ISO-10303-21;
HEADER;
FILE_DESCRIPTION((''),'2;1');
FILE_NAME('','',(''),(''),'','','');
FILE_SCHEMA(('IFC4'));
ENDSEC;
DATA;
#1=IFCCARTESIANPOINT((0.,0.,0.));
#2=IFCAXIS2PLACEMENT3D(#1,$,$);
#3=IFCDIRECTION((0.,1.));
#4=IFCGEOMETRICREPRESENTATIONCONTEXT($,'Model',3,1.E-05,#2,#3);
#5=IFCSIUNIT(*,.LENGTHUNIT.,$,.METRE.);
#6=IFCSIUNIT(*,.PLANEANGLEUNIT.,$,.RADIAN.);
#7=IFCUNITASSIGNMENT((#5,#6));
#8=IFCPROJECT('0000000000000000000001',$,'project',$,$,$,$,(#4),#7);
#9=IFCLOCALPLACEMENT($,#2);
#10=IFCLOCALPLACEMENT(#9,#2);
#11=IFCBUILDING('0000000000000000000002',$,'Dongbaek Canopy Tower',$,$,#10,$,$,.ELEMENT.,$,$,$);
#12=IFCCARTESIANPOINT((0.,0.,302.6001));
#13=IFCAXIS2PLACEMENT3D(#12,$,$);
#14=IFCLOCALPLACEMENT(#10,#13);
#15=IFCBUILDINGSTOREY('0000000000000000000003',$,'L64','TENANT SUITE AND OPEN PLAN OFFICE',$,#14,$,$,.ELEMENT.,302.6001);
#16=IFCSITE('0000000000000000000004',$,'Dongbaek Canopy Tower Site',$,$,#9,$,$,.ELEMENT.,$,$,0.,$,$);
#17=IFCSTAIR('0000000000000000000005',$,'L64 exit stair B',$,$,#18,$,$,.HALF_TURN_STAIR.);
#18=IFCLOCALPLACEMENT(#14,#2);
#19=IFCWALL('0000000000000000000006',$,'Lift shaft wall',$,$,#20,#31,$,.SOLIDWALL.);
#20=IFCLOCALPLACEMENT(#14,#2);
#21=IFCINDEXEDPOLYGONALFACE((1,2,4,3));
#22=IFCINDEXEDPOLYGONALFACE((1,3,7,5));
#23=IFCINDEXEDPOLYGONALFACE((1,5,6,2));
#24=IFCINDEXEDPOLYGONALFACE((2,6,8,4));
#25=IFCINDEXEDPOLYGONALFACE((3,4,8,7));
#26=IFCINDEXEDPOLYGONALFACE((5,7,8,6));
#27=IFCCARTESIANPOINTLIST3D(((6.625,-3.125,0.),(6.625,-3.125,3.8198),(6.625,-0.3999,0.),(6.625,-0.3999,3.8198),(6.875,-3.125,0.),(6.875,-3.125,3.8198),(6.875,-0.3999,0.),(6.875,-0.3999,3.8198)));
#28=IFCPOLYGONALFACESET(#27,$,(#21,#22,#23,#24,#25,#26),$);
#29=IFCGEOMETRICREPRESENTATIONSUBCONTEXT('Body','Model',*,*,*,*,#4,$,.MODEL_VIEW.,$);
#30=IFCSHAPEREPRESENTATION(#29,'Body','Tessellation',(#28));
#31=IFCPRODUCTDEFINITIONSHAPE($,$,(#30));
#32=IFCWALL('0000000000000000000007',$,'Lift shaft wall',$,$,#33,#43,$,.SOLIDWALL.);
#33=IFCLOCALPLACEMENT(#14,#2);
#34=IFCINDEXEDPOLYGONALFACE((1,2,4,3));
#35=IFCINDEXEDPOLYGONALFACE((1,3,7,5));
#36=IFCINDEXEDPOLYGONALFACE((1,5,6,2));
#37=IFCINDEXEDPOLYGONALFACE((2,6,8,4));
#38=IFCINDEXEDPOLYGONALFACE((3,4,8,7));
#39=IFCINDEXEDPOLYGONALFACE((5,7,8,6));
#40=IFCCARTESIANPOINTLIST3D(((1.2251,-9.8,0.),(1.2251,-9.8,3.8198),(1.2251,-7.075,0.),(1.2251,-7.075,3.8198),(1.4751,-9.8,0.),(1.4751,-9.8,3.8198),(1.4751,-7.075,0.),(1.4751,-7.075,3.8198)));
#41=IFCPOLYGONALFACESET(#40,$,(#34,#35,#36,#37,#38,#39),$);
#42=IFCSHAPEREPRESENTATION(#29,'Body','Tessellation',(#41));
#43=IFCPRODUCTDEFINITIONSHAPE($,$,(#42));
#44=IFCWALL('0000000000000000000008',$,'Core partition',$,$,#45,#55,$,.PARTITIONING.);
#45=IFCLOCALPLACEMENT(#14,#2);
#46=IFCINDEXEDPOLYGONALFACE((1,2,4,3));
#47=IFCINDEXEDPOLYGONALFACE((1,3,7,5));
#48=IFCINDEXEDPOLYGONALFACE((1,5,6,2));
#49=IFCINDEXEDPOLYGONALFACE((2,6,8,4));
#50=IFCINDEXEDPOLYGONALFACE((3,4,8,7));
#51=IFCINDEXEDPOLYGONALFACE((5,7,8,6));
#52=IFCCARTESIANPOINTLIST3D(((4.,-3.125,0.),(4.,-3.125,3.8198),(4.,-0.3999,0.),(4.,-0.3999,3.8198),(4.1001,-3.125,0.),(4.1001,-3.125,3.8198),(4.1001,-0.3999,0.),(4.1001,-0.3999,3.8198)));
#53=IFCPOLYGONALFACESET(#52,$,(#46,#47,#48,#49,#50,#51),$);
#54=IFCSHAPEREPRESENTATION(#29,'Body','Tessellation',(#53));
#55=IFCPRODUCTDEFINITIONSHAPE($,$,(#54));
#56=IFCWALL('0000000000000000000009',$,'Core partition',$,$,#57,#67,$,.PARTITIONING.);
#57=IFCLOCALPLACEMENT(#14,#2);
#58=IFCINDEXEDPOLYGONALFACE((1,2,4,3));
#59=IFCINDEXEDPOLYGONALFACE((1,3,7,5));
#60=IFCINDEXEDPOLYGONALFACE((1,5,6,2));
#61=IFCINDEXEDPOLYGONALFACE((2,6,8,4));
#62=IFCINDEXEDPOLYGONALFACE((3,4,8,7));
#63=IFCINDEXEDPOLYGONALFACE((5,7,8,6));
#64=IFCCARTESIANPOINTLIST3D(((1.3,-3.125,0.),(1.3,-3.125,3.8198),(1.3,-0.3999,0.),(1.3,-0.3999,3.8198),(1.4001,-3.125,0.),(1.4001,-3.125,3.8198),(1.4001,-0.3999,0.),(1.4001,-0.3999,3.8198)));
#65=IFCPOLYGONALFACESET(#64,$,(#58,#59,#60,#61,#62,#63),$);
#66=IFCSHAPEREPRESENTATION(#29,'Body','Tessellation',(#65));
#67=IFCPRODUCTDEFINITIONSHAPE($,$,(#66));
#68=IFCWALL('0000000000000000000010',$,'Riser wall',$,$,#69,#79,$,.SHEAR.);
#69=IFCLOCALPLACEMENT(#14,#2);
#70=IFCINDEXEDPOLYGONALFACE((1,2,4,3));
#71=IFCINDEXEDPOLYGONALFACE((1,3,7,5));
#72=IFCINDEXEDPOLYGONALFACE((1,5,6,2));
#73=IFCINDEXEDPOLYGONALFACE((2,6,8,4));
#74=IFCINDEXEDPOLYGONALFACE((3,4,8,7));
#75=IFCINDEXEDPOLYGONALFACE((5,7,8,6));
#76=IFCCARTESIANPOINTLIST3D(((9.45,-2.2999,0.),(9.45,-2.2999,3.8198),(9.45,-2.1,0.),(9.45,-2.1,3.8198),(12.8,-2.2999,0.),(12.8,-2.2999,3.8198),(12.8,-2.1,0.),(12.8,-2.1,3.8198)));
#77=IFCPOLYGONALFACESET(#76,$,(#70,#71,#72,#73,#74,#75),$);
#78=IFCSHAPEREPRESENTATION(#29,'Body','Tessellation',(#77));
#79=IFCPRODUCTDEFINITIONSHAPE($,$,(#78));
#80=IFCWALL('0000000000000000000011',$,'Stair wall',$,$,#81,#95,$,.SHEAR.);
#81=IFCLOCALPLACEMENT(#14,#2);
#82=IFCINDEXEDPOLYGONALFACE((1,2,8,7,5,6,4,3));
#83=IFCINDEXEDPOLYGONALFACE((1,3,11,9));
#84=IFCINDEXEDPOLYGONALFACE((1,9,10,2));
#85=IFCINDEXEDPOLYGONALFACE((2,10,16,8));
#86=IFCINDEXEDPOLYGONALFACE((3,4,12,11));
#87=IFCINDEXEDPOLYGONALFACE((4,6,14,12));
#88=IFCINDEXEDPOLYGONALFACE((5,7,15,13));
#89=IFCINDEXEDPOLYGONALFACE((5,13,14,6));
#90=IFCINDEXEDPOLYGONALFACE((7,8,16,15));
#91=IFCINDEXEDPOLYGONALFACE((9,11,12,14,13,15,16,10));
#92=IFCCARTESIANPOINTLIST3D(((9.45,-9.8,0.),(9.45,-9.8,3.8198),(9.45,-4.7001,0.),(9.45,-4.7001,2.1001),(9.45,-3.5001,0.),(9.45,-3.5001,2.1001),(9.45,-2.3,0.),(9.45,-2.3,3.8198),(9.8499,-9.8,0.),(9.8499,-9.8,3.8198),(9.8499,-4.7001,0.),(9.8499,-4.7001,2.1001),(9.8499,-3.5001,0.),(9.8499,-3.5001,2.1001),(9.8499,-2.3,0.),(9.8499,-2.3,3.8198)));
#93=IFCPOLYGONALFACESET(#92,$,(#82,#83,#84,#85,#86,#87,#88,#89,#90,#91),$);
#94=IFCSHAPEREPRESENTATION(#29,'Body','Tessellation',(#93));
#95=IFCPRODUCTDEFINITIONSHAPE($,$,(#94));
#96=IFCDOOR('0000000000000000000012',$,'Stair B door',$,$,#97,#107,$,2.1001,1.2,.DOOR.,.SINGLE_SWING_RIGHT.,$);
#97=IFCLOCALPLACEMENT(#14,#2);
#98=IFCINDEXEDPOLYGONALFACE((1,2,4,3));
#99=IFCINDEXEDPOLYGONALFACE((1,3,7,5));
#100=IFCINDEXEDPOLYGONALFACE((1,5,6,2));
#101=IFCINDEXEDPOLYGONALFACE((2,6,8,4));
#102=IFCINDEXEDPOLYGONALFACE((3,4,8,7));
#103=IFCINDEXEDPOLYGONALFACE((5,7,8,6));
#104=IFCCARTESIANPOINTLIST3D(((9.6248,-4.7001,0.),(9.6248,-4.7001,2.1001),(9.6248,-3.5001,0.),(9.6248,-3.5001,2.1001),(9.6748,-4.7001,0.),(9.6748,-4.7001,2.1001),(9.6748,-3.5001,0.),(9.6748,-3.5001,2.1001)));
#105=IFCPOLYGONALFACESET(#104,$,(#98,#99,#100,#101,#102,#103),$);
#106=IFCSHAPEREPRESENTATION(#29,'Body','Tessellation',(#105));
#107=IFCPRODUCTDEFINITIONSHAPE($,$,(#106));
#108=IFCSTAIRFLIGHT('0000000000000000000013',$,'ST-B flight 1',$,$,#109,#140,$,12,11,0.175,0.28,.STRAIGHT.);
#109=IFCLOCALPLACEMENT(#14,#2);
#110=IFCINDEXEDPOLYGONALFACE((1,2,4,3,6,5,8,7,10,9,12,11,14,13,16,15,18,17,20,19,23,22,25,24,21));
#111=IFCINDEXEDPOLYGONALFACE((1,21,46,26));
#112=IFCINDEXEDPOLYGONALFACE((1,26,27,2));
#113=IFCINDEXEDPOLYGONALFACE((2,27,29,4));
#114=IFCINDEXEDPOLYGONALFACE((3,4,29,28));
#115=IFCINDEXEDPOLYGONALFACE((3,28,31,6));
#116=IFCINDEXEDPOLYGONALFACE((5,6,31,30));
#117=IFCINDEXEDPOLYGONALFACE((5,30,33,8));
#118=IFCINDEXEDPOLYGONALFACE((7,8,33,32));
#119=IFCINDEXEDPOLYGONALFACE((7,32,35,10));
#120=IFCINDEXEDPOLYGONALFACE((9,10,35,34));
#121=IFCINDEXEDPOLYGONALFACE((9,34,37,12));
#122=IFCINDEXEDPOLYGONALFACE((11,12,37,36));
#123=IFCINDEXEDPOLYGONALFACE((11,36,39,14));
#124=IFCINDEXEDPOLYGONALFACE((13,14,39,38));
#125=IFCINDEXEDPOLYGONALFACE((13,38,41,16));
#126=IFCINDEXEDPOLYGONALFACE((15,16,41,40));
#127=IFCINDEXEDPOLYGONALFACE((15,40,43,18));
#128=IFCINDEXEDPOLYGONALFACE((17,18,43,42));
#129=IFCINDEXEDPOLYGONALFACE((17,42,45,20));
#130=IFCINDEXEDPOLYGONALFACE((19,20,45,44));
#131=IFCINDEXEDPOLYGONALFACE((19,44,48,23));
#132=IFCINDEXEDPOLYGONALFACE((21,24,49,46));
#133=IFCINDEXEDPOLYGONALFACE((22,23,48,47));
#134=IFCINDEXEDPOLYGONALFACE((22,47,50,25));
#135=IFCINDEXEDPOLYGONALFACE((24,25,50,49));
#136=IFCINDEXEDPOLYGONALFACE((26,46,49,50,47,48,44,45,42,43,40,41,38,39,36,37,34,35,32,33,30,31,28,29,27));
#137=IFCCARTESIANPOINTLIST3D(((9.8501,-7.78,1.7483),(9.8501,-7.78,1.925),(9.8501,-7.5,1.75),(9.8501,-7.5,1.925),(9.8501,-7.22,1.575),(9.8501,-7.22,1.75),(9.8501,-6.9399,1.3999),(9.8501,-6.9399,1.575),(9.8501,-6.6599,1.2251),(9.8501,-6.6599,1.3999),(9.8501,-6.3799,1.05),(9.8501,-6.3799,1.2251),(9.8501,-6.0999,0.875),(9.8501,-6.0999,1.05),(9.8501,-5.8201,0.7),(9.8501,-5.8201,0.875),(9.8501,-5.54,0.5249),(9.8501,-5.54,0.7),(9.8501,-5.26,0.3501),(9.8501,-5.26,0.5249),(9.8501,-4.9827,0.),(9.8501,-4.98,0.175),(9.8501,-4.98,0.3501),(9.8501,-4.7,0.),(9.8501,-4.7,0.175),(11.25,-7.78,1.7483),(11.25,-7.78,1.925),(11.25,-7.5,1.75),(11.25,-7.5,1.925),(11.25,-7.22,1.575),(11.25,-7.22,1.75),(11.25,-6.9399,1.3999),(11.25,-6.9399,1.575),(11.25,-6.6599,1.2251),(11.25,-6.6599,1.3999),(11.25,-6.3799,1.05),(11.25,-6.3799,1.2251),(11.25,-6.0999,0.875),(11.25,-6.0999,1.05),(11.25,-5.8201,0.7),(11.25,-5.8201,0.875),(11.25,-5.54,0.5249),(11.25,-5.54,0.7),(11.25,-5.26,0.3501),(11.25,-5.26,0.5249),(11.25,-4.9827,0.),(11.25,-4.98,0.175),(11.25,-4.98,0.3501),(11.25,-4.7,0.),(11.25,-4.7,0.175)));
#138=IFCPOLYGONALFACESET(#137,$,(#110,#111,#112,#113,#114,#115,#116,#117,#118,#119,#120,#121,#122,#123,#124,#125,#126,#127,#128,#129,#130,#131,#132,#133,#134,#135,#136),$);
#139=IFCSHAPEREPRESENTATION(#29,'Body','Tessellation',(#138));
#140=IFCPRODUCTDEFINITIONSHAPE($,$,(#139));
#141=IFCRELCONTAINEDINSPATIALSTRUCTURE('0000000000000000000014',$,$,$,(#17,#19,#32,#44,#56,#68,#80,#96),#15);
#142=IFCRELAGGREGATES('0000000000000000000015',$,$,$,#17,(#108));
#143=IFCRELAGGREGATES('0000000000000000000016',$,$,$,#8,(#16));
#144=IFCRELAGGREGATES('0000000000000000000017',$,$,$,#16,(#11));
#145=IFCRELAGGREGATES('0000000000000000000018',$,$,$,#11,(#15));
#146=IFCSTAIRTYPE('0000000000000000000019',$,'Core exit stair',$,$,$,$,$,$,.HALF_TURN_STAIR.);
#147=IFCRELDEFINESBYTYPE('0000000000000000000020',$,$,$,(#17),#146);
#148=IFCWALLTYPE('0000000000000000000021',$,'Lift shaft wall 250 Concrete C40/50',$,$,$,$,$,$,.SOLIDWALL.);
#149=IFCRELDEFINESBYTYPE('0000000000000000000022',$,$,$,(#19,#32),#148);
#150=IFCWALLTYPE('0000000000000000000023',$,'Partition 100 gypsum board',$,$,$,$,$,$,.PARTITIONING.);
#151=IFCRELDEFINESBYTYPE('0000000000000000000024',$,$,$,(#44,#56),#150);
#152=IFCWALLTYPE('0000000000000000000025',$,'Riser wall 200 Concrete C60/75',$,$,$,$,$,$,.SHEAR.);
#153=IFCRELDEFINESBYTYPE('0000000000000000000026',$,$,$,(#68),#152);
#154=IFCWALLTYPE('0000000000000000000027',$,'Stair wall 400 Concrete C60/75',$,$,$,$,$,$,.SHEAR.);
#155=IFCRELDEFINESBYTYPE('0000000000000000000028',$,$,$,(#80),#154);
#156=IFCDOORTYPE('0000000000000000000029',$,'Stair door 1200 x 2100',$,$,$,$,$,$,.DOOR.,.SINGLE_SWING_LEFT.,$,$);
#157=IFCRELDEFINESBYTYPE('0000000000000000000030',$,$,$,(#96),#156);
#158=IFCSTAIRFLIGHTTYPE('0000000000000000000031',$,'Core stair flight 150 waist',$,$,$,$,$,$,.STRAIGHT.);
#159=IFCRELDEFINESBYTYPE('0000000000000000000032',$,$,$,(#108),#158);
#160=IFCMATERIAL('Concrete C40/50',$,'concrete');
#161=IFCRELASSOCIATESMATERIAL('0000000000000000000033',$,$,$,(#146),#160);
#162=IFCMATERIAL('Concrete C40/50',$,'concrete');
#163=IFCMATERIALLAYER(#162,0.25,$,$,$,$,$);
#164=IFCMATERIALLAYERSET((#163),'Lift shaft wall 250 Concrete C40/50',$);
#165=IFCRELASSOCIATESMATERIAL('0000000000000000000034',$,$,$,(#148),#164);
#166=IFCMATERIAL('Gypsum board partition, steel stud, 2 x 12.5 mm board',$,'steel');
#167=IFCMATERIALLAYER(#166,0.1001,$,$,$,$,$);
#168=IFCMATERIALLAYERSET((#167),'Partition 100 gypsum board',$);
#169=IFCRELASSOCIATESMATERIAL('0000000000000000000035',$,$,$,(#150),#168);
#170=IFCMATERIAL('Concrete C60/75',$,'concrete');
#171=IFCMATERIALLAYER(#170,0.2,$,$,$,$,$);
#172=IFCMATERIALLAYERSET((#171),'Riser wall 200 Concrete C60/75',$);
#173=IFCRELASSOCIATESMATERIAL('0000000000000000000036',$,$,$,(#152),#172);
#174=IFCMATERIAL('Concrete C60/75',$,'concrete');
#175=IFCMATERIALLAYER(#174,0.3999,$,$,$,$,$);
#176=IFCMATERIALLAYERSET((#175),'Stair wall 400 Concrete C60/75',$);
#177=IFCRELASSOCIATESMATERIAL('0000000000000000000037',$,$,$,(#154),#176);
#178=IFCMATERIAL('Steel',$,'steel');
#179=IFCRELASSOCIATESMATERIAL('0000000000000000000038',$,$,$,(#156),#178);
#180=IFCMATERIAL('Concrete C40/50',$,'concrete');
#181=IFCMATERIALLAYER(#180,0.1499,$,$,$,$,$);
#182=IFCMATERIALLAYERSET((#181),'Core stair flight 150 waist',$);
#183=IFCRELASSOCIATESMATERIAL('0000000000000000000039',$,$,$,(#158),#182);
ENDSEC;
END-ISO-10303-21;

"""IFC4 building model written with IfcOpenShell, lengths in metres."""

from ifc_helpers import new_model, si_unit, direction, frame, frame_2d, origin, place, context, subcontext, project, spatial, polyline, rectangle, outline, extrude, material, layer, layer_set, type_object, element, fill, aggregate, save


model = new_model("IFC4")

# Units and contexts
model_context = context("Model", 3, precision=1e-05, world=origin(), true_north=direction((0.0, 1.0)))
body_context = subcontext(model_context, "Body", "Model", "MODEL_VIEW")
ifc_project = project(units=[si_unit("LENGTHUNIT", "METRE"), si_unit("PLANEANGLEUNIT", "RADIAN")], contexts=[model_context])

# Site, building, storey
site_placement = place(None, origin())
site = spatial("IfcSite", under=ifc_project, at=site_placement, Name="Dongbaek Canopy Tower Site", CompositionType="ELEMENT", RefElevation=0.0)
building_placement = place(site_placement, origin())
building = spatial("IfcBuilding", under=site, at=building_placement, Name="Dongbaek Canopy Tower", CompositionType="ELEMENT")
storey_placement = place(building_placement, frame((0.0, 0.0, 302.6001)))
storey = spatial("IfcBuildingStorey", under=building, at=storey_placement, Name="L64", Description="TENANT SUITE AND OPEN PLAN OFFICE", CompositionType="ELEMENT", Elevation=302.6001)

# Stair
ifc_material_1 = material(Name="Concrete C40/50", Category="concrete")
stair_type = type_object("IfcStairType", Name="Core exit stair", PredefinedType="HALF_TURN_STAIR", material=ifc_material_1)
stair_1_placement = place(storey_placement, origin())
stair_1 = element("IfcStair", 1, at=stair_1_placement, inside=storey, type_object=stair_type, Name="L64 exit stair B", PredefinedType="HALF_TURN_STAIR")

# Walls
ifc_material_2 = material(Name="Concrete C40/50", Category="concrete")
ifc_layer_1 = layer(ifc_material_2, 0.25)
ifc_layer_set_1 = layer_set([ifc_layer_1], Name="Lift shaft wall 250 Concrete C40/50")
wall_type_1 = type_object("IfcWallType", Name="Lift shaft wall 250 Concrete C40/50", PredefinedType="SOLIDWALL", material=ifc_layer_set_1)
for number, where, z_axis, x_axis, name in (
    (2, (6.75, -3.125, 0.0), (0.0, 0.0, 1.0), (0.0, 1.0, 0.0), "Lift shaft wall"),
    (3, (1.3501, -9.8, 0.0), (0.0, 0.0, 1.0), (0.0, 1.0, 0.0), "Lift shaft wall"),
):
    element("IfcWall", number, at=place(storey_placement, frame(where, z_axis=z_axis, x_axis=x_axis)), inside=storey, type_object=wall_type_1, Name=name, PredefinedType="SOLIDWALL", context=body_context, shape_type="SweptSolid", body=[
        extrude(rectangle(XDim=2.7251, YDim=0.25, at=frame_2d((1.3625, 0.0))), origin(), (0.0, 0.0, 1.0), 3.8198),
    ])
ifc_material_3 = material(Name="Gypsum board partition, steel stud, 2 x 12.5 mm board", Category="steel")
ifc_layer_2 = layer(ifc_material_3, 0.1001)
ifc_layer_set_2 = layer_set([ifc_layer_2], Name="Partition 100 gypsum board")
wall_type_2 = type_object("IfcWallType", Name="Partition 100 gypsum board", PredefinedType="PARTITIONING", material=ifc_layer_set_2)
for number, where, z_axis, x_axis, name in (
    (4, (4.05, -3.125, 0.0), (0.0, 0.0, 1.0), (0.0, 1.0, 0.0), "Core partition"),
    (5, (1.3501, -3.125, 0.0), (0.0, 0.0, 1.0), (0.0, 1.0, 0.0), "Core partition"),
):
    element("IfcWall", number, at=place(storey_placement, frame(where, z_axis=z_axis, x_axis=x_axis)), inside=storey, type_object=wall_type_2, Name=name, PredefinedType="PARTITIONING", context=body_context, shape_type="SweptSolid", body=[
        extrude(rectangle(XDim=2.7251, YDim=0.1001, at=frame_2d((1.3625, 0.0))), origin(), (0.0, 0.0, 1.0), 3.8198),
    ])
ifc_material_4 = material(Name="Concrete C60/75", Category="concrete")
ifc_layer_3 = layer(ifc_material_4, 0.2)
ifc_layer_set_3 = layer_set([ifc_layer_3], Name="Riser wall 200 Concrete C60/75")
wall_type_3 = type_object("IfcWallType", Name="Riser wall 200 Concrete C60/75", PredefinedType="SHEAR", material=ifc_layer_set_3)
wall_1_placement = place(storey_placement, frame((9.45, -2.2, 0.0), z_axis=(0.0, 0.0, 1.0), x_axis=(1.0, 0.0, 0.0)))
element("IfcWall", 6, at=wall_1_placement, inside=storey, type_object=wall_type_3, Name="Riser wall", PredefinedType="SHEAR", context=body_context, shape_type="SweptSolid", body=[
    extrude(rectangle(XDim=3.3501, YDim=0.2, at=frame_2d((1.675, 0.0))), origin(), (0.0, 0.0, 1.0), 3.8198),
])

# Wall, opening, door
ifc_material_5 = material(Name="Concrete C60/75", Category="concrete")
ifc_layer_4 = layer(ifc_material_5, 0.3999)
ifc_layer_set_4 = layer_set([ifc_layer_4], Name="Stair wall 400 Concrete C60/75")
wall_type_4 = type_object("IfcWallType", Name="Stair wall 400 Concrete C60/75", PredefinedType="SHEAR", material=ifc_layer_set_4)
wall_2_placement = place(storey_placement, frame((9.6499, -2.3, 0.0), z_axis=(0.0, 0.0, 1.0), x_axis=(0.0, -1.0, 0.0)))
wall_2 = element("IfcWall", 7, at=wall_2_placement, inside=storey, type_object=wall_type_4, Name="Stair wall", PredefinedType="SHEAR", context=body_context, shape_type="SweptSolid", body=[
    extrude(rectangle(XDim=7.5, YDim=0.3999, at=frame_2d((3.75, 0.0))), origin(), (0.0, 0.0, 1.0), 3.8198),
])
opening_1_placement = place(wall_2_placement, frame((1.2, 0.0, 0.0)))
opening_1 = element("IfcOpeningElement", 8, at=opening_1_placement, cuts=wall_2, PredefinedType="OPENING", context=body_context, shape_type="SweptSolid", body=[
    extrude(rectangle(XDim=1.2, YDim=2.1001, at=frame_2d((0.6001, 1.05))), frame((0.0, 0.21, 0.0), z_axis=(0.0, -1.0, 0.0), x_axis=(1.0, 0.0, 0.0)), (0.0, 0.0, 1.0), 0.4199),
])
ifc_material_6 = material(Name="Steel", Category="steel")
door_type_1 = type_object("IfcDoorType", Name="Stair door 1200 x 2100", OperationType="SINGLE_SWING_LEFT", PredefinedType="DOOR", material=ifc_material_6)
door_1_placement = place(opening_1_placement, origin())
door_1 = element("IfcDoor", 9, at=door_1_placement, inside=storey, type_object=door_type_1, Name="Stair B door", OperationType="SINGLE_SWING_RIGHT", OverallHeight=2.1001, OverallWidth=1.2, PredefinedType="DOOR", context=body_context, shape_type="SweptSolid", body=[
    extrude(rectangle(XDim=1.2, YDim=2.1001, at=frame_2d((0.6001, 1.05))), frame((0.0, 0.0249, 0.0), z_axis=(0.0, -1.0, 0.0), x_axis=(1.0, 0.0, 0.0)), (0.0, 0.0, 1.0), 0.05),
])
fill(opening_1, door_1)

# Stair flight
ifc_material_7 = material(Name="Concrete C40/50", Category="concrete")
ifc_layer_5 = layer(ifc_material_7, 0.1499)
ifc_layer_set_5 = layer_set([ifc_layer_5], Name="Core stair flight 150 waist")
stair_flight_type = type_object("IfcStairFlightType", Name="Core stair flight 150 waist", PredefinedType="STRAIGHT", material=ifc_layer_set_5)
stair_flight_placement = place(storey_placement, frame((10.55, -4.7, 0.0), z_axis=(0.0, 0.0, 1.0), x_axis=(0.0, -1.0, 0.0)))
stair_flight = element("IfcStairFlight", 10, at=stair_flight_placement, type_object=stair_flight_type, Name="ST-B flight 1", NumberOfRisers=12, NumberOfTreads=11, PredefinedType="STRAIGHT", RiserHeight=0.175, TreadLength=0.28, context=body_context, shape_type="SweptSolid", body=[
    extrude(outline(polyline([(0.0, 0.0), (0.0, 0.175), (0.28, 0.175), (0.28, 0.3501), (0.5601, 0.3501), (0.5601, 0.5249), (0.8401, 0.5249), (0.8401, 0.7), (1.1201, 0.7), (1.1201, 0.875), (1.3999, 0.875), (1.3999, 1.05), (1.6799, 1.05), (1.6799, 1.2251), (1.96, 1.2251), (1.96, 1.3999), (2.24, 1.3999), (2.24, 1.575), (2.52, 1.575), (2.52, 1.75), (2.8, 1.75), (2.8, 1.925), (3.0801, 1.925), (3.0801, 2.1001), (3.0801, 1.7483), (0.2827, 0.0), (0.0, 0.0)])), frame((0.0, 0.7, 0.0), z_axis=(0.0, -1.0, 0.0), x_axis=(1.0, 0.0, 0.0)), (0.0, 0.0, 1.0), 1.3999),
])
aggregate(stair_1, [stair_flight])

save(model, "model.ifc")
